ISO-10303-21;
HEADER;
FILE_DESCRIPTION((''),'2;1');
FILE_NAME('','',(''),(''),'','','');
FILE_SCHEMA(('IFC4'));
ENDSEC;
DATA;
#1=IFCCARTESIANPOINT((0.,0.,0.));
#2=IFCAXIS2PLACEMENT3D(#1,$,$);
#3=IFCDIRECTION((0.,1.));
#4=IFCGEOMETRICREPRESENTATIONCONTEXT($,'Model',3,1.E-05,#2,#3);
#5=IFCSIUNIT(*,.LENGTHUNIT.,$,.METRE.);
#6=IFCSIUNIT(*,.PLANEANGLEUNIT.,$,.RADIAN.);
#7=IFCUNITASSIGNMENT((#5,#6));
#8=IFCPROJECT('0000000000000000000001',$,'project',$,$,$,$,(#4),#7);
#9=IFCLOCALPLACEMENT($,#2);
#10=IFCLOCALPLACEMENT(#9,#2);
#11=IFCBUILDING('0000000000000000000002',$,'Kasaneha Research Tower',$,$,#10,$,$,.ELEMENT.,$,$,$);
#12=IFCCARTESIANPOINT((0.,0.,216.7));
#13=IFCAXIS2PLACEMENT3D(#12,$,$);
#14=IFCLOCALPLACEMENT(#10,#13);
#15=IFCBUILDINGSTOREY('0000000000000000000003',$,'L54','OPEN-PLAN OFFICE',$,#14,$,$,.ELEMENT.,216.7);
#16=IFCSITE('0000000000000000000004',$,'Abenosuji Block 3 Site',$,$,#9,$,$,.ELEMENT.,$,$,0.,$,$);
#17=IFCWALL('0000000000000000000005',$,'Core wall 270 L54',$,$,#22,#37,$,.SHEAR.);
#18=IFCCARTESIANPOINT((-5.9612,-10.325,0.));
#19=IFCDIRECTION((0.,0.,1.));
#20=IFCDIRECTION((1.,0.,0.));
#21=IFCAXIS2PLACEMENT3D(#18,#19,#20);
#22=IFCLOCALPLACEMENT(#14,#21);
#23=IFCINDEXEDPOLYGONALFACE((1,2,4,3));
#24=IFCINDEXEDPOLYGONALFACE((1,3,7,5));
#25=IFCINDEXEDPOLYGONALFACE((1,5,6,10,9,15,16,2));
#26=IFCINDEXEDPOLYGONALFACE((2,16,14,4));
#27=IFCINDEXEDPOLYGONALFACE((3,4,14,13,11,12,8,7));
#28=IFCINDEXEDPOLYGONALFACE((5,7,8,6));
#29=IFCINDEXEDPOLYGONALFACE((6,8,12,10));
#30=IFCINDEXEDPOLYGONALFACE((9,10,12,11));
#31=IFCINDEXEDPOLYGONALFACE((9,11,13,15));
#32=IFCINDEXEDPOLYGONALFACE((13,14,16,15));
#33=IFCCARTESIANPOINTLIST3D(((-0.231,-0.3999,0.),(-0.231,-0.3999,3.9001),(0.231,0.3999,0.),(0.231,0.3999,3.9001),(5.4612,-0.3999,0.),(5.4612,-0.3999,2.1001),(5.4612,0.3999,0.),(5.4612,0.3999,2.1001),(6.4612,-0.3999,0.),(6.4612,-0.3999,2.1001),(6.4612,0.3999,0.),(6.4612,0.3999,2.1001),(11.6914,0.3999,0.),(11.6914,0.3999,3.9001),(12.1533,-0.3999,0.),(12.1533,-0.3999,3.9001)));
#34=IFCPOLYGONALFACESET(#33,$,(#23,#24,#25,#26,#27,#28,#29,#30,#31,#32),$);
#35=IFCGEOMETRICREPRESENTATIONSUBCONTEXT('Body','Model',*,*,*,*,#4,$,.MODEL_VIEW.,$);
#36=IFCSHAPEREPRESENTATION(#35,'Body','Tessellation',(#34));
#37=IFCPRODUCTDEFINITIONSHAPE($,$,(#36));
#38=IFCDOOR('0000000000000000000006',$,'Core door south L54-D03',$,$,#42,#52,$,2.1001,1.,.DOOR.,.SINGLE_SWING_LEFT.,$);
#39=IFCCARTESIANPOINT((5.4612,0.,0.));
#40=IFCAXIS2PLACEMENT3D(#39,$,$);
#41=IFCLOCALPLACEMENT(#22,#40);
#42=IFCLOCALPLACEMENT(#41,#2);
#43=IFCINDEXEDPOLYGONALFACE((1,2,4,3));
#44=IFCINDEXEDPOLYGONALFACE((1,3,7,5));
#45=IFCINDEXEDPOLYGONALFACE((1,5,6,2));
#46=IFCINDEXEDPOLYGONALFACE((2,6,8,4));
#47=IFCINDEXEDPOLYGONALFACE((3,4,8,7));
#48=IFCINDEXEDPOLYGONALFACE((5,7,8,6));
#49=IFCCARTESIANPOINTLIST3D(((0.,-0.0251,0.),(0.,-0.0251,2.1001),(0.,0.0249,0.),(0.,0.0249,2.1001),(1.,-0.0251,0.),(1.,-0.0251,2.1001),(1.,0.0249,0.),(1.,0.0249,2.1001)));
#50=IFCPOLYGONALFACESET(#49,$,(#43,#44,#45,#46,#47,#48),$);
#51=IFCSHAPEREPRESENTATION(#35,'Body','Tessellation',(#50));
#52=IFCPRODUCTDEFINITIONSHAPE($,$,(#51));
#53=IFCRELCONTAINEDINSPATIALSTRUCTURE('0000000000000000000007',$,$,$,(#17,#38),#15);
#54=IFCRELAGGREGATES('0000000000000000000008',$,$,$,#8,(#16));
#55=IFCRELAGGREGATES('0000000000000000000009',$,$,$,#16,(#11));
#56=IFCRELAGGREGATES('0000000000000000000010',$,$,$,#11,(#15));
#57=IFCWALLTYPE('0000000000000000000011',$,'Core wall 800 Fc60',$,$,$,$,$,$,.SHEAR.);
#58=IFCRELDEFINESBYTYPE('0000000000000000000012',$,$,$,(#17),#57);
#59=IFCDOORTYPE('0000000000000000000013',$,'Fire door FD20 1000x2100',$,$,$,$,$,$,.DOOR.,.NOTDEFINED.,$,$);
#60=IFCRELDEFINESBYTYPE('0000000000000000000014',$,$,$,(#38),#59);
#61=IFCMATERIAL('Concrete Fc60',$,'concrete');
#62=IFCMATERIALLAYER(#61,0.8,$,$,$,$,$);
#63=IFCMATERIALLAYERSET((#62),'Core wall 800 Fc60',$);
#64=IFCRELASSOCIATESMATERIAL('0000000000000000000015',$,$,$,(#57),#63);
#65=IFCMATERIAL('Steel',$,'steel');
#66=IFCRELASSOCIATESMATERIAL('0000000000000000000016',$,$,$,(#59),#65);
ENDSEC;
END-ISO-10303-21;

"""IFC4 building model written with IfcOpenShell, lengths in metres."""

from ifc_helpers import new_model, si_unit, direction, frame, frame_2d, origin, place, context, subcontext, project, spatial, polyline, rectangle, outline, extrude, material, layer, layer_set, type_object, element, fill, save


model = new_model("IFC4")

# Units and contexts
model_context = context("Model", 3, precision=1e-05, world=origin(), true_north=direction((0.0, 1.0)))
body_context = subcontext(model_context, "Body", "Model", "MODEL_VIEW")
ifc_project = project(units=[si_unit("LENGTHUNIT", "METRE"), si_unit("PLANEANGLEUNIT", "RADIAN")], contexts=[model_context])

# Site, building, storey
site_placement = place(None, origin())
site = spatial("IfcSite", under=ifc_project, at=site_placement, Name="Abenosuji Block 3 Site", CompositionType="ELEMENT", RefElevation=0.0)
building_placement = place(site_placement, origin())
building = spatial("IfcBuilding", under=site, at=building_placement, Name="Kasaneha Research Tower", CompositionType="ELEMENT")
storey_placement = place(building_placement, frame((0.0, 0.0, 216.7)))
storey = spatial("IfcBuildingStorey", under=building, at=storey_placement, Name="L54", Description="OPEN-PLAN OFFICE", CompositionType="ELEMENT", Elevation=216.7)

# Wall, opening, door
ifc_material_1 = material(Name="Concrete Fc60", Category="concrete")
ifc_layer_1 = layer(ifc_material_1, 0.8)
ifc_layer_set_1 = layer_set([ifc_layer_1], Name="Core wall 800 Fc60")
wall_type_1 = type_object("IfcWallType", Name="Core wall 800 Fc60", PredefinedType="SHEAR", material=ifc_layer_set_1)
wall_1_placement = place(storey_placement, frame((-5.9612, -10.325, 0.0), z_axis=(0.0, 0.0, 1.0), x_axis=(1.0, 0.0, 0.0)))
wall_1 = element("IfcWall", 1, at=wall_1_placement, inside=storey, type_object=wall_type_1, Name="Core wall 270 L54", PredefinedType="SHEAR", context=body_context, shape_type="SweptSolid", body=[
    extrude(outline(polyline([(-0.231, -0.3999), (5.4612, -0.3999), (6.4612, -0.3999), (12.1533, -0.3999), (11.6914, 0.3999), (6.4612, 0.3999), (5.4612, 0.3999), (0.231, 0.3999), (-0.231, -0.3999)])), origin(), (0.0, 0.0, 1.0), 3.9001),
])
opening_1_placement = place(wall_1_placement, frame((5.4612, 0.0, 0.0)))
opening_1 = element("IfcOpeningElement", 2, at=opening_1_placement, cuts=wall_1, PredefinedType="OPENING", context=body_context, shape_type="SweptSolid", body=[
    extrude(rectangle(XDim=1.0, YDim=2.1001, at=frame_2d((0.5, 1.05))), frame((0.0, 0.4102, 0.0), z_axis=(0.0, -1.0, 0.0), x_axis=(1.0, 0.0, 0.0)), (0.0, 0.0, 1.0), 0.8201),
])
ifc_material_2 = material(Name="Steel", Category="steel")
door_type_1 = type_object("IfcDoorType", Name="Fire door FD20 1000x2100", OperationType="NOTDEFINED", PredefinedType="DOOR", material=ifc_material_2)
door_1_placement = place(opening_1_placement, origin())
door_1 = element("IfcDoor", 3, at=door_1_placement, inside=storey, type_object=door_type_1, Name="Core door south L54-D03", OperationType="SINGLE_SWING_LEFT", OverallHeight=2.1001, OverallWidth=1.0, PredefinedType="DOOR", context=body_context, shape_type="SweptSolid", body=[
    extrude(rectangle(XDim=1.0, YDim=2.1001, at=frame_2d((0.5, 1.05))), frame((0.0, 0.0249, 0.0), z_axis=(0.0, -1.0, 0.0), x_axis=(1.0, 0.0, 0.0)), (0.0, 0.0, 1.0), 0.05),
])
fill(opening_1, door_1)

save(model, "model.ifc")
